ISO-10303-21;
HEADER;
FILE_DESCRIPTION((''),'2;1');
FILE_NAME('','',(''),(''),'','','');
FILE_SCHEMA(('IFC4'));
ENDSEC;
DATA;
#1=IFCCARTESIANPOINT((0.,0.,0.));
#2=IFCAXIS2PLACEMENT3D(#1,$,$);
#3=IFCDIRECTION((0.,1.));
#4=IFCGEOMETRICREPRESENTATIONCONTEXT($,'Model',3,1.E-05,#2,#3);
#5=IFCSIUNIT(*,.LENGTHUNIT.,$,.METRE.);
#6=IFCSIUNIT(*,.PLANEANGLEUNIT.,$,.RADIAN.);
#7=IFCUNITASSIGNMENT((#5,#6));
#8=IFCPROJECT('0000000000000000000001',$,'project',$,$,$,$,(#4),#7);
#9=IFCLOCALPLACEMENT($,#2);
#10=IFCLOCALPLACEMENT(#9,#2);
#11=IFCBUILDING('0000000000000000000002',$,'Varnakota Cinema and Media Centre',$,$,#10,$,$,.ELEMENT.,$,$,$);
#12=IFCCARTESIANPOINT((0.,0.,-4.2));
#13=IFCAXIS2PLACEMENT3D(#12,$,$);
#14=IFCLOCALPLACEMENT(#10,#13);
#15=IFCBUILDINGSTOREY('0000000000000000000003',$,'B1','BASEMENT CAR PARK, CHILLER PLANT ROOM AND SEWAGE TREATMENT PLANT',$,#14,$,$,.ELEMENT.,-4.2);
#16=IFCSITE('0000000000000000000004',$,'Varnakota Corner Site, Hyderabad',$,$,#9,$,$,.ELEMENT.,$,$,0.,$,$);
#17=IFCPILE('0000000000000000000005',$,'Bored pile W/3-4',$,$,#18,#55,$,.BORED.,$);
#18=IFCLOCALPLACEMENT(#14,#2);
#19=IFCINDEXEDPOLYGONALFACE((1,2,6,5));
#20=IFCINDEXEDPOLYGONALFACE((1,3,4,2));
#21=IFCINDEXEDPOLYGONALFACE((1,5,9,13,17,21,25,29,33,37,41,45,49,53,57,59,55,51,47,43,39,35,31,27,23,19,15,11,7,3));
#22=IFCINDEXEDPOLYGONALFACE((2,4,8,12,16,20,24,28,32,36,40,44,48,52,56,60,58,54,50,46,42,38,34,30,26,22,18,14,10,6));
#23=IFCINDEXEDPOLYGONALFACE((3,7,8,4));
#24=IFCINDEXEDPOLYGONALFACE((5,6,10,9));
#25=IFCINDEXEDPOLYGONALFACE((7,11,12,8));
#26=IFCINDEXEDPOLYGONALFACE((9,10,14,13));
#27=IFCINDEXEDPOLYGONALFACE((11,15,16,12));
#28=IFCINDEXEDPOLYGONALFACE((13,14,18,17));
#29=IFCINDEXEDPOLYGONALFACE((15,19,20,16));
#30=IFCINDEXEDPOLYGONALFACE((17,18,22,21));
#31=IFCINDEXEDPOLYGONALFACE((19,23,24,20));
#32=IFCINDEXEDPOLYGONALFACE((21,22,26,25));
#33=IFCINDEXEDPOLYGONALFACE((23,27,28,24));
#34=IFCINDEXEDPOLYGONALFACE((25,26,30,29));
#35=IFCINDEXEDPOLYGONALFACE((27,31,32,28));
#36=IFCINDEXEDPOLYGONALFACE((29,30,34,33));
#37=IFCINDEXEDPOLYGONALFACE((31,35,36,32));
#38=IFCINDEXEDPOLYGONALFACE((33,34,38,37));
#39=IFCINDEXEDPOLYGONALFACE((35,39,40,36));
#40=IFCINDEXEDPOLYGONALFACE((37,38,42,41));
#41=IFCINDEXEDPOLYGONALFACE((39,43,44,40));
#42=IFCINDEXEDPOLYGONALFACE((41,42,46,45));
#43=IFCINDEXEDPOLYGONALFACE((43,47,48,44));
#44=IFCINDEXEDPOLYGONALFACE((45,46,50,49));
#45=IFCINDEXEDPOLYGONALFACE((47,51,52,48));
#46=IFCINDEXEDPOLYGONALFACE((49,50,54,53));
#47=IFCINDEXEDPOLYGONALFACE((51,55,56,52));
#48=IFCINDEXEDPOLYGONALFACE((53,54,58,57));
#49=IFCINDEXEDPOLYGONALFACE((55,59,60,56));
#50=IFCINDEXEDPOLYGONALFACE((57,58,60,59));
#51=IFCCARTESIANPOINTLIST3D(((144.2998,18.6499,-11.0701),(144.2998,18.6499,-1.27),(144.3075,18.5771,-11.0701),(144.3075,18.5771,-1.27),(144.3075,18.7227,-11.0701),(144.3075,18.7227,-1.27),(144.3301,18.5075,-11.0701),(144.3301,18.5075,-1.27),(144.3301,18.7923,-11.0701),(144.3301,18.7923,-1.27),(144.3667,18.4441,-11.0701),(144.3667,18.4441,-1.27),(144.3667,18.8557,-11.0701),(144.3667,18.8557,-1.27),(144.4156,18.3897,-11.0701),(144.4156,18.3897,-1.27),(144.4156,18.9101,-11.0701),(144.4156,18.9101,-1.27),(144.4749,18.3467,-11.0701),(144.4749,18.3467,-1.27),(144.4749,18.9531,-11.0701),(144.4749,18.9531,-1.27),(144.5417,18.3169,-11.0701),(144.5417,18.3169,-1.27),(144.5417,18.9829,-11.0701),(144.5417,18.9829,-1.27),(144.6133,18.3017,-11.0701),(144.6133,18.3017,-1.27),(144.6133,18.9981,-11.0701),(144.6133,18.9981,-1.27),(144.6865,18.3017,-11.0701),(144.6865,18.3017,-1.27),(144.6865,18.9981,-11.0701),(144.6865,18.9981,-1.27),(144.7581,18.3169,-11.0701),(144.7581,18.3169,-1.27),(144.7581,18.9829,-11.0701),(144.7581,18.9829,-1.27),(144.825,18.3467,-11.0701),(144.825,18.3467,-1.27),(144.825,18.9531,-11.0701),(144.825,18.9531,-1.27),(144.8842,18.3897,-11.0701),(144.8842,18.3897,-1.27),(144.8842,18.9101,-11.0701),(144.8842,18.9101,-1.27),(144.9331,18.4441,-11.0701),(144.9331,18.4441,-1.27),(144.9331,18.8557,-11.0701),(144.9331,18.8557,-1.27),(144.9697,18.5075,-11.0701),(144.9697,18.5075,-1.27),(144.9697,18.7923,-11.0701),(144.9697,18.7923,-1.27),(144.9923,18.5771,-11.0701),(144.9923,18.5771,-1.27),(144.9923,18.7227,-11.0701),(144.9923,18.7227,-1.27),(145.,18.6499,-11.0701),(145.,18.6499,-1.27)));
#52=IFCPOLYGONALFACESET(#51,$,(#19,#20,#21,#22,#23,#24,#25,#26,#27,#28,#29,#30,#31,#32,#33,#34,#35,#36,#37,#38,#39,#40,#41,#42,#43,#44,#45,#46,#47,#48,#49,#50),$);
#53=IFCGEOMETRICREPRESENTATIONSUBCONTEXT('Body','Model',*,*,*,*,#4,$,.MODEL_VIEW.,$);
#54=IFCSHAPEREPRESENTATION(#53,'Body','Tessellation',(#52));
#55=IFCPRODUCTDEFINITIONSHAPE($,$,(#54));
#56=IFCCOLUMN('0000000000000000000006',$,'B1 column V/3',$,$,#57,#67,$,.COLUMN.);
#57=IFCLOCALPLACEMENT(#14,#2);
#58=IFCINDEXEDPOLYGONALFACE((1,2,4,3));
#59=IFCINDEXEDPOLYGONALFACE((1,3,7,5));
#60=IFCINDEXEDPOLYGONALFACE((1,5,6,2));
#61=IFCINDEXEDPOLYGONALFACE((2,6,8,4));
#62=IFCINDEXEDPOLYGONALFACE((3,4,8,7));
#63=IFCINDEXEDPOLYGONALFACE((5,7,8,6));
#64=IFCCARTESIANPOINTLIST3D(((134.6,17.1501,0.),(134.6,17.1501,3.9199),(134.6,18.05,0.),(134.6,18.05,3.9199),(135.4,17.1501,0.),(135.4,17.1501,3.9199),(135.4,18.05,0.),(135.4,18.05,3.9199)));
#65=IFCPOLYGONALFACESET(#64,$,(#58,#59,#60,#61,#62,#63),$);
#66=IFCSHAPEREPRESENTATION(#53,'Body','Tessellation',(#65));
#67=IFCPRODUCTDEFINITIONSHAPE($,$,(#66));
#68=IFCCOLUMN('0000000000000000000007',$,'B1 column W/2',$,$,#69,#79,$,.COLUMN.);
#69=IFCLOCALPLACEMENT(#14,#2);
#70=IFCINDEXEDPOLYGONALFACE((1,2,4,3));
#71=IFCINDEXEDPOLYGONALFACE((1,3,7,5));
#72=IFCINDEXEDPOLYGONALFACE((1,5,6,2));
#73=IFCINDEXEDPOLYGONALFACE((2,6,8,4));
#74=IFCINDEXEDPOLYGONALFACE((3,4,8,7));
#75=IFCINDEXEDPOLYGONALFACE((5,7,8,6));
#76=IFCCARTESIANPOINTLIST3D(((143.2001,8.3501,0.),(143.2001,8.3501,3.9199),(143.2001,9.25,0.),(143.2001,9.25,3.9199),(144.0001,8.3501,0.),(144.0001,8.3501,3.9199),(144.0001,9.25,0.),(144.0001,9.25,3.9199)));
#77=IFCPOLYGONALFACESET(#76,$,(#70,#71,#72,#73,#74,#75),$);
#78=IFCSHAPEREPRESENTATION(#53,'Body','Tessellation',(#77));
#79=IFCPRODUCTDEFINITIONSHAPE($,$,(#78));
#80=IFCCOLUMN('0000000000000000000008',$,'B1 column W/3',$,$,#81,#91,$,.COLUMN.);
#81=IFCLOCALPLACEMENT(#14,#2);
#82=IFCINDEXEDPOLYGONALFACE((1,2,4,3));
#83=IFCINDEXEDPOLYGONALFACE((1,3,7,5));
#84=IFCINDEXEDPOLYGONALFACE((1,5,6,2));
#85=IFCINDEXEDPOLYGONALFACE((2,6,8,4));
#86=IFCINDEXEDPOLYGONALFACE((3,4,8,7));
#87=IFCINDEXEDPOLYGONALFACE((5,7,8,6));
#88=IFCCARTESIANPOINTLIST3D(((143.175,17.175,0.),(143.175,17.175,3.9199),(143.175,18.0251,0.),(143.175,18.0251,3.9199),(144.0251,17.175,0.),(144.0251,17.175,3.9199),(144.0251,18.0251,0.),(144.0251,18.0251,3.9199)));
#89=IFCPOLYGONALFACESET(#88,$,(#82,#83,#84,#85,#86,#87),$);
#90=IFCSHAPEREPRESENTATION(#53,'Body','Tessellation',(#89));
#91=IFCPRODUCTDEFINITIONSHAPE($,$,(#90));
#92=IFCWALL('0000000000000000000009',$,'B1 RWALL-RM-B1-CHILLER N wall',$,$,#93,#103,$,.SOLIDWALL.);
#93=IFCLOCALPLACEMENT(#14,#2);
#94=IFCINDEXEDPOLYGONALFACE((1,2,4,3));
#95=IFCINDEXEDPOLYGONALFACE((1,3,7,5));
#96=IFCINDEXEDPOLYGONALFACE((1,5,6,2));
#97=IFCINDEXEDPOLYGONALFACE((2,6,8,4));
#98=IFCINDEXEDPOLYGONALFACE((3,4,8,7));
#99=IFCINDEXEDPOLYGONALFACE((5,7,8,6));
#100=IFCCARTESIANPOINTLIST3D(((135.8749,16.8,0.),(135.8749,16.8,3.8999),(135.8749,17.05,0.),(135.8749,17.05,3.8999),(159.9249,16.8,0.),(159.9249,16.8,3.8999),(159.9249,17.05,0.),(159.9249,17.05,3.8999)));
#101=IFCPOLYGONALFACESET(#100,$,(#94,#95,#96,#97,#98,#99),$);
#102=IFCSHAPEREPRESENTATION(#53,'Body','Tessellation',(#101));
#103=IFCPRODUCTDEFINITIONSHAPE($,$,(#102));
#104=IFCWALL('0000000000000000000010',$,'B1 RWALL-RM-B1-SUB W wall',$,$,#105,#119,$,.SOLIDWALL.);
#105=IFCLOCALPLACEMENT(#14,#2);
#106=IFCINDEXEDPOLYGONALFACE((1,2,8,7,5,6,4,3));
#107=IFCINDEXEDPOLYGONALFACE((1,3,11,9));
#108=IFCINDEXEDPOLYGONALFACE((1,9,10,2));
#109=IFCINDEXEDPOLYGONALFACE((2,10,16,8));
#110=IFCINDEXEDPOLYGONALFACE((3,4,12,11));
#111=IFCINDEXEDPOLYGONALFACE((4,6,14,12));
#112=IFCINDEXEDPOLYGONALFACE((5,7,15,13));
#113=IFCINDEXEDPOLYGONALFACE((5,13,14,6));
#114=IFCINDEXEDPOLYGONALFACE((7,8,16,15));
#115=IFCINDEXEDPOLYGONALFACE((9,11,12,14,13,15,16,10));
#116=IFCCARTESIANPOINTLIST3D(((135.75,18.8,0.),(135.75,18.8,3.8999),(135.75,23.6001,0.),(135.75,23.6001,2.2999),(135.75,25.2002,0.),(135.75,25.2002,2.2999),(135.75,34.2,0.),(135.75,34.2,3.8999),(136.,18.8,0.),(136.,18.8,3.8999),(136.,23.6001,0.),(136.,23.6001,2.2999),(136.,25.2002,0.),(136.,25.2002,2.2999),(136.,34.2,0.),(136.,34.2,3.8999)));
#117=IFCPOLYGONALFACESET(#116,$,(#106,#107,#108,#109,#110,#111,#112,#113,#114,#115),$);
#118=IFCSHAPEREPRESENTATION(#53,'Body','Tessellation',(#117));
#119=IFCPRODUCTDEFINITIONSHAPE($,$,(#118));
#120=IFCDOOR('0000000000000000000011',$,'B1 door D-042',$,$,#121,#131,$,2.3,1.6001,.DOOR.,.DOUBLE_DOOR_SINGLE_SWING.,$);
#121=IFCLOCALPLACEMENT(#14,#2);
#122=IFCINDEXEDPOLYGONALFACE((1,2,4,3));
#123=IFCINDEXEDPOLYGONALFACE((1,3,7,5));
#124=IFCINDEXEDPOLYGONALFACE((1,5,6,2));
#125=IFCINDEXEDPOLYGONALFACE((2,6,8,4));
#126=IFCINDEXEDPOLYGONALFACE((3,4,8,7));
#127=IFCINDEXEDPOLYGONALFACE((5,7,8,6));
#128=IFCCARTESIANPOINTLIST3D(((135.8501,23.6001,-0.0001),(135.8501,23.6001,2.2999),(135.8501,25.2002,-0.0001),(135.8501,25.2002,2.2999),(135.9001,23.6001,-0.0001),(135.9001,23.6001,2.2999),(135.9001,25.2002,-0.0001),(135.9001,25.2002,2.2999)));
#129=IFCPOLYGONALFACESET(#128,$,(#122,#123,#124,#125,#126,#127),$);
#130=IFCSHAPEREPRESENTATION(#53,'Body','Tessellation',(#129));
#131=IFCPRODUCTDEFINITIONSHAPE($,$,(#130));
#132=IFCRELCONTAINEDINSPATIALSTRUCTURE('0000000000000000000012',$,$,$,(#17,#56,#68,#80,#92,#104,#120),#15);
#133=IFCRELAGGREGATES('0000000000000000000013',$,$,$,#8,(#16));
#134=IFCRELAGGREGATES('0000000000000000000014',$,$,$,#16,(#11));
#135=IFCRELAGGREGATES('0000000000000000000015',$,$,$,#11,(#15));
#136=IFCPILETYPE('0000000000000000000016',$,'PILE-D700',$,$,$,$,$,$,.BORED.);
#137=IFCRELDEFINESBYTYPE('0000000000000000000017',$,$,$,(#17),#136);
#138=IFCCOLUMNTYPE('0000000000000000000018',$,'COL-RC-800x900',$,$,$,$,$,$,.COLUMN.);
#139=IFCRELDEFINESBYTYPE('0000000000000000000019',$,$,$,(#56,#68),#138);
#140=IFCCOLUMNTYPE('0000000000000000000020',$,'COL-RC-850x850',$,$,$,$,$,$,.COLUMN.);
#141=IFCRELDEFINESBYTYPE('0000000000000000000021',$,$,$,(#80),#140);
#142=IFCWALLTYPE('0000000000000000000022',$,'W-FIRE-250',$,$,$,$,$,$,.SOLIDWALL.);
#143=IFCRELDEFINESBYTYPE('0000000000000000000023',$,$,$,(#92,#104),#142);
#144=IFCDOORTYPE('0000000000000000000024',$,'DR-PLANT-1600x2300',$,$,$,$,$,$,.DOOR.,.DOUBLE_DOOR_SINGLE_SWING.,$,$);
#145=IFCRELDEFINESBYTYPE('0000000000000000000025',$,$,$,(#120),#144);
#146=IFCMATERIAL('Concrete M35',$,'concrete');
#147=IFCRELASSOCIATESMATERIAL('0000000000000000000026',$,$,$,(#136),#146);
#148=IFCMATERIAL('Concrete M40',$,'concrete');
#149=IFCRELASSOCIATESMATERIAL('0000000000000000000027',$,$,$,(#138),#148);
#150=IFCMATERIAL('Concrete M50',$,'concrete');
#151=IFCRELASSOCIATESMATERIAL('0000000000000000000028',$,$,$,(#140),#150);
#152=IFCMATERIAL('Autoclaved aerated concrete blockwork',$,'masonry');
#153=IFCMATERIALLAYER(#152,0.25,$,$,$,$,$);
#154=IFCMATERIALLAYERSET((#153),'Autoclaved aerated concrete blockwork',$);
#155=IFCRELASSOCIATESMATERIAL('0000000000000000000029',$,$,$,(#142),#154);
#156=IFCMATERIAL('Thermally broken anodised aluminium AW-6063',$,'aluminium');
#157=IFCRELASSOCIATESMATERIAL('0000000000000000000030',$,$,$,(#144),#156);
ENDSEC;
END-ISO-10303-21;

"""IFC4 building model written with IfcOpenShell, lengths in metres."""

from ifc_helpers import new_model, si_unit, direction, frame, frame_2d, origin, origin_2d, place, context, subcontext, project, spatial, rectangle, circle, extrude, material, layer, layer_set, material_profile, profile_set, type_object, element, fill, save


model = new_model("IFC4")

# Units and contexts
model_context = context("Model", 3, precision=1e-05, world=origin(), true_north=direction((0.0, 1.0)))
body_context = subcontext(model_context, "Body", "Model", "MODEL_VIEW")
ifc_project = project(units=[si_unit("LENGTHUNIT", "METRE"), si_unit("PLANEANGLEUNIT", "RADIAN")], contexts=[model_context])

# Site, building, storey
site_placement = place(None, origin())
site = spatial("IfcSite", under=ifc_project, at=site_placement, Name="Varnakota Corner Site, Hyderabad", CompositionType="ELEMENT", RefElevation=0.0)
building_placement = place(site_placement, origin())
building = spatial("IfcBuilding", under=site, at=building_placement, Name="Varnakota Cinema and Media Centre", CompositionType="ELEMENT")
storey_placement = place(building_placement, frame((0.0, 0.0, -4.2)))
storey = spatial("IfcBuildingStorey", under=building, at=storey_placement, Name="B1", Description="BASEMENT CAR PARK, CHILLER PLANT ROOM AND SEWAGE TREATMENT PLANT", CompositionType="ELEMENT", Elevation=-4.2)

# Pile
ifc_material_1 = material(Name="Concrete M35", Category="concrete")
ifc_material_profile_1 = material_profile(ifc_material_1, circle(Radius=0.3501, at=origin_2d()), Name="PILE D700")
ifc_profile_set_1 = profile_set([ifc_material_profile_1], Name="Concrete M35")
pile_type_1 = type_object("IfcPileType", Name="PILE-D700", PredefinedType="BORED", material=ifc_profile_set_1)
for number, where, z_axis, x_axis, name in (
    (1, (144.6499, 18.6499, -1.27), (0.0, 0.0, -1.0), (1.0, 0.0, 0.0), "Bored pile W/3-4"),
):
    element("IfcPile", number, at=place(storey_placement, frame(where, z_axis=z_axis, x_axis=x_axis)), inside=storey, type_object=pile_type_1, Name=name, PredefinedType="BORED", context=body_context, shape_type="SweptSolid", body=[
        extrude(circle(Radius=0.3501, at=origin_2d()), origin(), (0.0, 0.0, 1.0), 9.8),
    ])

# Columns
ifc_material_2 = material(Name="Concrete M40", Category="concrete")
ifc_material_profile_2 = material_profile(ifc_material_2, rectangle(XDim=0.8, YDim=0.8999, at=origin_2d()), Name="RC 800x900")
ifc_profile_set_2 = profile_set([ifc_material_profile_2], Name="Concrete M40")
column_type_1 = type_object("IfcColumnType", Name="COL-RC-800x900", PredefinedType="COLUMN", material=ifc_profile_set_2)
for number, where, z_axis, x_axis, name in (
    (2, (135.0, 17.6001, 0.0), (0.0, 0.0, 1.0), (1.0, 0.0, 0.0), "B1 column V/3"),
    (3, (143.6001, 8.8, 0.0), (0.0, 0.0, 1.0), (1.0, 0.0, 0.0), "B1 column W/2"),
):
    element("IfcColumn", number, at=place(storey_placement, frame(where, z_axis=z_axis, x_axis=x_axis)), inside=storey, type_object=column_type_1, Name=name, PredefinedType="COLUMN", context=body_context, shape_type="SweptSolid", body=[
        extrude(rectangle(XDim=0.8, YDim=0.8999, at=origin_2d()), origin(), (0.0, 0.0, 1.0), 3.9199),
    ])
ifc_material_3 = material(Name="Concrete M50", Category="concrete")
ifc_material_profile_3 = material_profile(ifc_material_3, rectangle(XDim=0.8501, YDim=0.8501, at=origin_2d()), Name="RC 850x850")
ifc_profile_set_3 = profile_set([ifc_material_profile_3], Name="Concrete M50")
column_type_2 = type_object("IfcColumnType", Name="COL-RC-850x850", PredefinedType="COLUMN", material=ifc_profile_set_3)
column_placement = place(storey_placement, frame((143.6001, 17.6001, 0.0), z_axis=(0.0, 0.0, 1.0), x_axis=(1.0, 0.0, 0.0)))
element("IfcColumn", 4, at=column_placement, inside=storey, type_object=column_type_2, Name="B1 column W/3", PredefinedType="COLUMN", context=body_context, shape_type="SweptSolid", body=[
    extrude(rectangle(XDim=0.8501, YDim=0.8501, at=origin_2d()), origin(), (0.0, 0.0, 1.0), 3.9199),
])

# Wall
ifc_material_4 = material(Name="Autoclaved aerated concrete blockwork", Category="masonry")
ifc_layer = layer(ifc_material_4, 0.25)
ifc_layer_set = layer_set([ifc_layer], Name="Autoclaved aerated concrete blockwork")
wall_type = type_object("IfcWallType", Name="W-FIRE-250", PredefinedType="SOLIDWALL", material=ifc_layer_set)
wall_1_placement = place(storey_placement, frame((135.875, 16.925, 0.0), z_axis=(0.0, 0.0, 1.0), x_axis=(1.0, 0.0, 0.0)))
element("IfcWall", 5, at=wall_1_placement, inside=storey, type_object=wall_type, Name="B1 RWALL-RM-B1-CHILLER N wall", PredefinedType="SOLIDWALL", context=body_context, shape_type="SweptSolid", body=[
    extrude(rectangle(XDim=24.05, YDim=0.25, at=frame_2d((12.0249, 0.0))), origin(), (0.0, 0.0, 1.0), 3.8999),
])

# Wall, opening, door
wall_2_placement = place(storey_placement, frame((135.875, 18.8, 0.0), z_axis=(0.0, 0.0, 1.0), x_axis=(0.0, 1.0, 0.0)))
wall_2 = element("IfcWall", 6, at=wall_2_placement, inside=storey, type_object=wall_type, Name="B1 RWALL-RM-B1-SUB W wall", PredefinedType="SOLIDWALL", context=body_context, shape_type="SweptSolid", body=[
    extrude(rectangle(XDim=15.3999, YDim=0.25, at=frame_2d((7.7, 0.0))), origin(), (0.0, 0.0, 1.0), 3.8999),
])
opening_placement = place(wall_2_placement, frame((4.8, 0.0, 0.0)))
opening = element("IfcOpeningElement", 7, at=opening_placement, cuts=wall_2, PredefinedType="OPENING", context=body_context, shape_type="SweptSolid", body=[
    extrude(rectangle(XDim=1.6001, YDim=2.3, at=frame_2d((0.8, 1.1499))), frame((0.0, 0.125, 0.0), z_axis=(0.0, -1.0, 0.0), x_axis=(1.0, 0.0, 0.0)), (0.0, 0.0, 1.0), 0.25),
])
ifc_material_5 = material(Name="Thermally broken anodised aluminium AW-6063", Category="aluminium")
door_type = type_object("IfcDoorType", Name="DR-PLANT-1600x2300", OperationType="DOUBLE_DOOR_SINGLE_SWING", PredefinedType="DOOR", material=ifc_material_5)
door_placement = place(opening_placement, origin())
door = element("IfcDoor", 8, at=door_placement, inside=storey, type_object=door_type, Name="B1 door D-042", OperationType="DOUBLE_DOOR_SINGLE_SWING", OverallHeight=2.3, OverallWidth=1.6001, PredefinedType="DOOR", context=body_context, shape_type="SweptSolid", body=[
    extrude(rectangle(XDim=1.6001, YDim=2.3, at=frame_2d((0.8, 1.1499))), frame((0.0, 0.0249, 0.0), z_axis=(0.0, -1.0, 0.0), x_axis=(1.0, 0.0, 0.0)), (0.0, 0.0, 1.0), 0.05),
])
fill(opening, door)

save(model, "model.ifc")
